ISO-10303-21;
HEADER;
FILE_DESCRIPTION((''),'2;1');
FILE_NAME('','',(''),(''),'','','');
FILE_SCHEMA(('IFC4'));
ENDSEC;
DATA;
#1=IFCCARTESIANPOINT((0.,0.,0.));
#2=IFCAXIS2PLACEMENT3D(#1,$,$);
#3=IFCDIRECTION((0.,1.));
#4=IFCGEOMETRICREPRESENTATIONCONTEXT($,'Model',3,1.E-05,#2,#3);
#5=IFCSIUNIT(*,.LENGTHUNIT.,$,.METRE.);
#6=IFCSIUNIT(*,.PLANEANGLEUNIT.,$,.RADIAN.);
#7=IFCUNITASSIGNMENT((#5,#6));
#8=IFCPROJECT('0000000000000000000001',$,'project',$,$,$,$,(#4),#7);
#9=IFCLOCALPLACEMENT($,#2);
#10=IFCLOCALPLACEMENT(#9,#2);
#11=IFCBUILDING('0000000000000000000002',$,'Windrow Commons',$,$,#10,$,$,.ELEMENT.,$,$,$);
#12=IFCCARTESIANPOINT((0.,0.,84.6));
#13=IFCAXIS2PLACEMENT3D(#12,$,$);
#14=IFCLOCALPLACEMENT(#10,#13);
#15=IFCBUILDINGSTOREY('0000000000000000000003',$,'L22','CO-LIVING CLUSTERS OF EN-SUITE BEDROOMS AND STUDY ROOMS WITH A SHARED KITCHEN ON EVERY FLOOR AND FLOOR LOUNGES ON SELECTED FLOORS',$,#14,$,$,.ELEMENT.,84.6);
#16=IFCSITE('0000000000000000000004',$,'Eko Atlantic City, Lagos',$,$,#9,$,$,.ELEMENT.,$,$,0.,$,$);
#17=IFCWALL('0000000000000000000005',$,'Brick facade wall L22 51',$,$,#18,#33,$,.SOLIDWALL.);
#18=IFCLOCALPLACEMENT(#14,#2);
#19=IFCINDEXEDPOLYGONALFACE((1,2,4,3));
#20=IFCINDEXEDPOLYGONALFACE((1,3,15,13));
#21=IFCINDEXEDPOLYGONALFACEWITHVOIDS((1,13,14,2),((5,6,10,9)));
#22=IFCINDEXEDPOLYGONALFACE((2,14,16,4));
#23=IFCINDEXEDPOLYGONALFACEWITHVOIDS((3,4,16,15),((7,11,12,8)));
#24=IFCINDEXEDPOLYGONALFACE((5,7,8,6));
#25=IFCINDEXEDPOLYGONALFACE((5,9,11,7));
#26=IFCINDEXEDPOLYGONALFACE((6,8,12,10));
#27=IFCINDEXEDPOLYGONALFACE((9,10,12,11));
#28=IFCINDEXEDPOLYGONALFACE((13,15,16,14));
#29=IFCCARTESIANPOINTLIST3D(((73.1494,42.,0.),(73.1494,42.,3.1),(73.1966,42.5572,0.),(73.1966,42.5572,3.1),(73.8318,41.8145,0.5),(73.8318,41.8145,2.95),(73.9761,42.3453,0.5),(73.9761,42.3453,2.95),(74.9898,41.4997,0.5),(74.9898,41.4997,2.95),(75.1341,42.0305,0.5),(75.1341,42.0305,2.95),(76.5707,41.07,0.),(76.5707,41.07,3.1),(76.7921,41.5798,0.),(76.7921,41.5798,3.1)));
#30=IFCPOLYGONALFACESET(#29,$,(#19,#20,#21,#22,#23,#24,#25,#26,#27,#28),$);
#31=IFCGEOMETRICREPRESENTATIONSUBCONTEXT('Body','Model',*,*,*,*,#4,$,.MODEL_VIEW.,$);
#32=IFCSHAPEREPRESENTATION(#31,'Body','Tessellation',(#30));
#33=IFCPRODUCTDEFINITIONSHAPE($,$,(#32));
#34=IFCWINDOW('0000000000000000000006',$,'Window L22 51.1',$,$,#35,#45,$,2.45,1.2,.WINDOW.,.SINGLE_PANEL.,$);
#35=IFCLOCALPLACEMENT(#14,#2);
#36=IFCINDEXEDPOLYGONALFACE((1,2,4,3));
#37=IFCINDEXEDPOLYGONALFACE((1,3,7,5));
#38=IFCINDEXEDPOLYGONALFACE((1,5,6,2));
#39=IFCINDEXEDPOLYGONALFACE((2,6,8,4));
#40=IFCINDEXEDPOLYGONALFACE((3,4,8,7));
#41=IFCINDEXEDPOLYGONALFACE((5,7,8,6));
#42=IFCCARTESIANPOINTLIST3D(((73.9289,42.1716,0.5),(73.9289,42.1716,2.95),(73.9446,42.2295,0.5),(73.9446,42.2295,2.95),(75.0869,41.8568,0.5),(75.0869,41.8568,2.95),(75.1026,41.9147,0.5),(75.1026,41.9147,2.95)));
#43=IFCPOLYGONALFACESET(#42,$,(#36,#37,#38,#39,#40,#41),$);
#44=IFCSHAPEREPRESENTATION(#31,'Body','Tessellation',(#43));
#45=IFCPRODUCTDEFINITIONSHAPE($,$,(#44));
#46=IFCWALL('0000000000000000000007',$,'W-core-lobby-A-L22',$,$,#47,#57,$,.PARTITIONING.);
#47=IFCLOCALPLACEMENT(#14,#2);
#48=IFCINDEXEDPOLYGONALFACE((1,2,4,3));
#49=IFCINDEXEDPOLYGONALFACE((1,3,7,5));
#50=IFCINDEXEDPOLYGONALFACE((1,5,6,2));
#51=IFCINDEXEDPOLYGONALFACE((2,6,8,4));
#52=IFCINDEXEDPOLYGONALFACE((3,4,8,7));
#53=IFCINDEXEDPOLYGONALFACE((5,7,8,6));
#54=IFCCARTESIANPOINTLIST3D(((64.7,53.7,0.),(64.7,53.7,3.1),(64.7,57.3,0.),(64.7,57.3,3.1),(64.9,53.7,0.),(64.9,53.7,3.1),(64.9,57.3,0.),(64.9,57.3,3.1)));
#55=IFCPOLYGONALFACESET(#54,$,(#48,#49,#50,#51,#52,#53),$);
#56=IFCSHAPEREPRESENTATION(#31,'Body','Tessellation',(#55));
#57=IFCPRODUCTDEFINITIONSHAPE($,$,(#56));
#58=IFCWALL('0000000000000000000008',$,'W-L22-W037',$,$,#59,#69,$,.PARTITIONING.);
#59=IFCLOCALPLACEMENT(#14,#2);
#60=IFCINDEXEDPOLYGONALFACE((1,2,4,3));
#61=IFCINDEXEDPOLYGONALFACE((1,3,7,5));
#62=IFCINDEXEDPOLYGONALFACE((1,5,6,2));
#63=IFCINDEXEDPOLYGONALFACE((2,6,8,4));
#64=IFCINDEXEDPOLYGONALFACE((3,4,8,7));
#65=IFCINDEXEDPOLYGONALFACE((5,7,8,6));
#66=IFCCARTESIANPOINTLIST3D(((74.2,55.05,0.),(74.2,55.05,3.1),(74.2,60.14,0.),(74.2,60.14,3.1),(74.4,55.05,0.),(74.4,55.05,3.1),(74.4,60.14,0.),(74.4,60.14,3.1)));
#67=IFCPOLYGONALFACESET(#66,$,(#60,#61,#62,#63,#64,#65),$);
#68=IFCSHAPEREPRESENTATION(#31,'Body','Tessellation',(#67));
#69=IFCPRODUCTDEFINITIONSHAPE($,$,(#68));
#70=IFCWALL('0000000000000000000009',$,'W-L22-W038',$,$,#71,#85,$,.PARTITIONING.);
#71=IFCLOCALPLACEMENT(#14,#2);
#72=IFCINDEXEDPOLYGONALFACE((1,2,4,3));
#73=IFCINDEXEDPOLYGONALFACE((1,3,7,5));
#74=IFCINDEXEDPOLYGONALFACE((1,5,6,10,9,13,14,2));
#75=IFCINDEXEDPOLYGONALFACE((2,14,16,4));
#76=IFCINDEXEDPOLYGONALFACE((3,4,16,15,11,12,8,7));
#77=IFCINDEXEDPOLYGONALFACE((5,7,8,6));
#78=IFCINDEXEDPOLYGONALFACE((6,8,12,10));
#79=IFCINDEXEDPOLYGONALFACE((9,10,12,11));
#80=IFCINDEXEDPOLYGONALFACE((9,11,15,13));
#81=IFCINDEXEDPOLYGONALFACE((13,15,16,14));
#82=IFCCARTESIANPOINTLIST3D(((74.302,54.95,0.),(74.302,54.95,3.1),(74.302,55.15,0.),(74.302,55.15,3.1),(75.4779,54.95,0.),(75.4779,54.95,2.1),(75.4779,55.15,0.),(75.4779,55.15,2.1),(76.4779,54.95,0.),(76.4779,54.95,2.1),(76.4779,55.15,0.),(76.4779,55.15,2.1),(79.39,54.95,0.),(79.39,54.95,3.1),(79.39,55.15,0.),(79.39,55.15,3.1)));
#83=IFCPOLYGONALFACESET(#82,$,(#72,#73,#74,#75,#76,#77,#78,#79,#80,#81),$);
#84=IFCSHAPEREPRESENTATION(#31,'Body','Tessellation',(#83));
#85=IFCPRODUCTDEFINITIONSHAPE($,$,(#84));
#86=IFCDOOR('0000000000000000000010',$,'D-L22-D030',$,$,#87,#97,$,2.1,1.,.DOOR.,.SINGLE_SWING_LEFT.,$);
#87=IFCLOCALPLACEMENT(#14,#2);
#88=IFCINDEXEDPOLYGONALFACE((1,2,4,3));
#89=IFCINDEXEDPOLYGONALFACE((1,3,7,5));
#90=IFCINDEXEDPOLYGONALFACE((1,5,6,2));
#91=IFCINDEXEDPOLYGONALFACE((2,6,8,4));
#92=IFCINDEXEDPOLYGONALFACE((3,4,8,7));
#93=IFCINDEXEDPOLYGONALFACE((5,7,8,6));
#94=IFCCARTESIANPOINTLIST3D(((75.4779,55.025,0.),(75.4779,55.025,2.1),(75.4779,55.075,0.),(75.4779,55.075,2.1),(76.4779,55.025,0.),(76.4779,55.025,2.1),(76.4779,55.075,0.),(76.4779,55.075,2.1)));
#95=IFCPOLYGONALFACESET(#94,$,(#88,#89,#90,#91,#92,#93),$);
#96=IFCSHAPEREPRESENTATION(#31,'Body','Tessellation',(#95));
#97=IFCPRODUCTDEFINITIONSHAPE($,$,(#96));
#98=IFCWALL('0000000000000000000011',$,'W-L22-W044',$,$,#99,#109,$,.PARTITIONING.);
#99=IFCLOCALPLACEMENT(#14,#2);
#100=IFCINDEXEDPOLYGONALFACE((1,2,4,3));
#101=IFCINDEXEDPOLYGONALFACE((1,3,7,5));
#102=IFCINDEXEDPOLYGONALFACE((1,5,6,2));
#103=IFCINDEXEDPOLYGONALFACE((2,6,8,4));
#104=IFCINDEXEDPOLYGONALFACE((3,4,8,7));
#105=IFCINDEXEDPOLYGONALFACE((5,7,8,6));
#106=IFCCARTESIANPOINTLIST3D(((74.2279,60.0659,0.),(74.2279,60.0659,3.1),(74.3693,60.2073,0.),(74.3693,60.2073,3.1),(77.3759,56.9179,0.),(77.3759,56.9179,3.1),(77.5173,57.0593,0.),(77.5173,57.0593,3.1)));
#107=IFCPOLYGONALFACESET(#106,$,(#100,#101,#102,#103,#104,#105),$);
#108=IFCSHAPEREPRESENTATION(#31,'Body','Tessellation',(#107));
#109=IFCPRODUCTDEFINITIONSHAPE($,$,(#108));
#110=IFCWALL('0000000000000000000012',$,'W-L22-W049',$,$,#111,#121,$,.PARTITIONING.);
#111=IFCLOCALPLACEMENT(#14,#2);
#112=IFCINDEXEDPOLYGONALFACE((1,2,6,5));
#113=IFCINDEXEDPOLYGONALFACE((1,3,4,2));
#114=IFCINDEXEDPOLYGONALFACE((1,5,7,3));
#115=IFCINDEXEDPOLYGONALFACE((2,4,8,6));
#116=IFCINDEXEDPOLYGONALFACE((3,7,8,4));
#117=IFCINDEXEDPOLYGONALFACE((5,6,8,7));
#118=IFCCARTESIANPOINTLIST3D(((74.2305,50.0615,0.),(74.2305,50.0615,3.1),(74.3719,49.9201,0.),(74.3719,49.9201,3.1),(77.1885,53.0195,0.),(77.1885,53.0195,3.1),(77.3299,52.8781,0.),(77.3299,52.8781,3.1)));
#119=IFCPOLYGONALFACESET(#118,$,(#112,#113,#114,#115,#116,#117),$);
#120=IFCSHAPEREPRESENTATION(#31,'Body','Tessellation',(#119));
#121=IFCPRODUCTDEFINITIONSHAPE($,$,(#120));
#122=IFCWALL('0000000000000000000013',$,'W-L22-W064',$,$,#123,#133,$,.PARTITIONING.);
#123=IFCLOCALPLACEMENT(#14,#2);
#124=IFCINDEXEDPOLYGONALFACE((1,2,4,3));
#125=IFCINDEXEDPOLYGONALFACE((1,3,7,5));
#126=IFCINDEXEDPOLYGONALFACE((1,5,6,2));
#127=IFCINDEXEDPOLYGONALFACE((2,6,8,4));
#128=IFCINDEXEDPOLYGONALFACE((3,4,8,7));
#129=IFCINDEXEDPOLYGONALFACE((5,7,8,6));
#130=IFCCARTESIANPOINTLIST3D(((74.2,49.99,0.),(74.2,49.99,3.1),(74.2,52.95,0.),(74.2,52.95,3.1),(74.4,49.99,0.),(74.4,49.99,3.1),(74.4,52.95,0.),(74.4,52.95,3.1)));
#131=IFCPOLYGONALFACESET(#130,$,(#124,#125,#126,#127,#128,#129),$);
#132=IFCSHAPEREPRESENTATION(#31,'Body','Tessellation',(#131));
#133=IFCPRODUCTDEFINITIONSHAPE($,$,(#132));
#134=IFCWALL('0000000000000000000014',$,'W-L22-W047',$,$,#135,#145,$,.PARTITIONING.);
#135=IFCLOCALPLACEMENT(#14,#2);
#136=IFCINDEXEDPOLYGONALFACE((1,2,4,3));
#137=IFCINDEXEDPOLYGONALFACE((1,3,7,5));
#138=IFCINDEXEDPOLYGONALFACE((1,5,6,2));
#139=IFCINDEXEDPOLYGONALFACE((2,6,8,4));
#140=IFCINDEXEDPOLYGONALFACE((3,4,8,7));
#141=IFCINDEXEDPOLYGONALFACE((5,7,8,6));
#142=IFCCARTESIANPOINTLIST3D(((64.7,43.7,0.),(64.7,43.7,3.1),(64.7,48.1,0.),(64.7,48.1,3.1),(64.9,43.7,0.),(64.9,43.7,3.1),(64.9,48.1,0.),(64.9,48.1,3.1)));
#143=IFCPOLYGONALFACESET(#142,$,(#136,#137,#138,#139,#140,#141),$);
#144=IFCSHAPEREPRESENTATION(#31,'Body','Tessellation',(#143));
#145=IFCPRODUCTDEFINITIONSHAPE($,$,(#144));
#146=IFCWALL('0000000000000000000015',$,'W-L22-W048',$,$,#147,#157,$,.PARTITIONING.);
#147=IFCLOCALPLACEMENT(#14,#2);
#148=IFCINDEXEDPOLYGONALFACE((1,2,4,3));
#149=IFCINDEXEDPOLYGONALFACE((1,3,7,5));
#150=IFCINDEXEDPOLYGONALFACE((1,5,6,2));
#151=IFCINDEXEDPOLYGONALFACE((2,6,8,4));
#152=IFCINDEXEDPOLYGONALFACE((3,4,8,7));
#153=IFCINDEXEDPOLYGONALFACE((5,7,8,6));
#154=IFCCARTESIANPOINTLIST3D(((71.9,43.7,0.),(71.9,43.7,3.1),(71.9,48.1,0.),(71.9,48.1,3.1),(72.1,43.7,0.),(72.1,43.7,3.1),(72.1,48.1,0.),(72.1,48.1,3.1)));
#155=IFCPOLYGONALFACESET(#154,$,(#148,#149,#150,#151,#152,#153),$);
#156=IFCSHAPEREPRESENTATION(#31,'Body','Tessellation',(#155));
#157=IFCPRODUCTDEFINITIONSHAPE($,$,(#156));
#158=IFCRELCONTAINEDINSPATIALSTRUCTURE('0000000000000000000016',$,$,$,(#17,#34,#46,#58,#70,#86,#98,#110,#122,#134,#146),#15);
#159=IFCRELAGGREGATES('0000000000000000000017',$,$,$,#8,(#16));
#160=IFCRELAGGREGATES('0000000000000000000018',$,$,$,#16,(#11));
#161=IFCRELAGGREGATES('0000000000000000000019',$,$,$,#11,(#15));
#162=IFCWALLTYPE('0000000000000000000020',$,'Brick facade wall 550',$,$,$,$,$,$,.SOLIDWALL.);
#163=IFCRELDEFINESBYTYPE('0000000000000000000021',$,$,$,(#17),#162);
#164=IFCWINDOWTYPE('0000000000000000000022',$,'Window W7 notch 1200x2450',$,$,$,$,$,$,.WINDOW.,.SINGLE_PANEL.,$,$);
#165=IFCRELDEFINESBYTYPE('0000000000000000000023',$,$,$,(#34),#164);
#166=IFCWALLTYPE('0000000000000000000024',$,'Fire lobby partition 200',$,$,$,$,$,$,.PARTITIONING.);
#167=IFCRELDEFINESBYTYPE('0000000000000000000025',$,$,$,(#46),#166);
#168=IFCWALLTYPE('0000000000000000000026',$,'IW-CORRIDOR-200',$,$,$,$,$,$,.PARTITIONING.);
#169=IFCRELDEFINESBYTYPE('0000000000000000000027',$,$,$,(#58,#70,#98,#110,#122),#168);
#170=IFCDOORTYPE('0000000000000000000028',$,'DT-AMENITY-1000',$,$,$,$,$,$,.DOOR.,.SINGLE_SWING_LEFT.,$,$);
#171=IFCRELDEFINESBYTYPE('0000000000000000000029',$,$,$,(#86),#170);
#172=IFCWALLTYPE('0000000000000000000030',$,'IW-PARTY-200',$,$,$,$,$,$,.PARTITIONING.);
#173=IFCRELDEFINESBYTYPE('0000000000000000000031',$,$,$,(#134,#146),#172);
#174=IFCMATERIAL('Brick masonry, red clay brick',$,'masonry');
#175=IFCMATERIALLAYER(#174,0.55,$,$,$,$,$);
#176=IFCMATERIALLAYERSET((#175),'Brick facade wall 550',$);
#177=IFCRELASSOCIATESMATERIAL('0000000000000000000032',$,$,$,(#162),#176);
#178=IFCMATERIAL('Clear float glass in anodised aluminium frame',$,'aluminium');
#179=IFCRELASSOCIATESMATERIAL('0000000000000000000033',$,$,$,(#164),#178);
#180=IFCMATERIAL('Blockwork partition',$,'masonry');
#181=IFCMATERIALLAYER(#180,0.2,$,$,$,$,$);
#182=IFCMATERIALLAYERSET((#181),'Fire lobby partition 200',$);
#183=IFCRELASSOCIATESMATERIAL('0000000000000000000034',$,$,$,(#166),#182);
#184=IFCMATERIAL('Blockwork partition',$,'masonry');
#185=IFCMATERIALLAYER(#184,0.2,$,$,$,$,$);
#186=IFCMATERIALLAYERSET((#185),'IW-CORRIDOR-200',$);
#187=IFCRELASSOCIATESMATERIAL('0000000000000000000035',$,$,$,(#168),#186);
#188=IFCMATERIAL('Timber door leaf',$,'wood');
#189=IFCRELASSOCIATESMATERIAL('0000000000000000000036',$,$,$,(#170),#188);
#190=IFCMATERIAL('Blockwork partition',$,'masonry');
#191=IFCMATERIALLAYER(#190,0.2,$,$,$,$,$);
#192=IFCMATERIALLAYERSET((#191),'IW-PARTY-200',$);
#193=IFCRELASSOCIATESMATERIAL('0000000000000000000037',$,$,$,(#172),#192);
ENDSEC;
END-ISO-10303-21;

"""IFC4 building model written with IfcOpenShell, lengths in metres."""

from ifc_helpers import new_model, si_unit, direction, frame, frame_2d, origin, place, context, subcontext, project, spatial, polyline, rectangle, outline, extrude, material, layer, layer_set, type_object, element, fill, save


model = new_model("IFC4")

# Units and contexts
model_context = context("Model", 3, precision=1e-05, world=origin(), true_north=direction((0.0, 1.0)))
body_context = subcontext(model_context, "Body", "Model", "MODEL_VIEW")
ifc_project = project(units=[si_unit("LENGTHUNIT", "METRE"), si_unit("PLANEANGLEUNIT", "RADIAN")], contexts=[model_context])

# Site, building, storey
site_placement = place(None, origin())
site = spatial("IfcSite", under=ifc_project, at=site_placement, Name="Eko Atlantic City, Lagos", CompositionType="ELEMENT", RefElevation=0.0)
building_placement = place(site_placement, origin())
building = spatial("IfcBuilding", under=site, at=building_placement, Name="Windrow Commons", CompositionType="ELEMENT")
storey_placement = place(building_placement, frame((0.0, 0.0, 84.6)))
storey = spatial("IfcBuildingStorey", under=building, at=storey_placement, Name="L22", Description="CO-LIVING CLUSTERS OF EN-SUITE BEDROOMS AND STUDY ROOMS WITH A SHARED KITCHEN ON EVERY FLOOR AND FLOOR LOUNGES ON SELECTED FLOORS", CompositionType="ELEMENT", Elevation=84.6)

# Wall, opening, window
ifc_material_1 = material(Name="Brick masonry, red clay brick", Category="masonry")
ifc_layer_1 = layer(ifc_material_1, 0.55)
ifc_layer_set_1 = layer_set([ifc_layer_1], Name="Brick facade wall 550")
wall_type_1 = type_object("IfcWallType", Name="Brick facade wall 550", PredefinedType="SOLIDWALL", material=ifc_layer_set_1)
ifc_material_2 = material(Name="Clear float glass in anodised aluminium frame", Category="aluminium")
window_type = type_object("IfcWindowType", Name="Window W7 notch 1200x2450", PartitioningType="SINGLE_PANEL", PredefinedType="WINDOW", material=ifc_material_2)
wall_1_placement = place(storey_placement, frame((73.173, 42.2786, 0.0), z_axis=(0.0, 0.0, 1.0), x_axis=(0.964982, -0.262314, 0.0)))
wall_1 = element("IfcWall", 1, at=wall_1_placement, inside=storey, type_object=wall_type_1, Name="Brick facade wall L22 51", PredefinedType="SOLIDWALL", context=body_context, shape_type="SweptSolid", body=[
    extrude(outline(polyline([(0.0503, -0.275), (3.5957, -0.275), (3.6757, 0.275), (-0.0503, 0.275), (0.0503, -0.275)])), origin(), (0.0, 0.0, 1.0), 3.1),
])
opening_1_placement = place(wall_1_placement, frame((0.7575, 0.0, 0.5)))
opening_1 = element("IfcOpeningElement", 2, at=opening_1_placement, cuts=wall_1, PredefinedType="OPENING", context=body_context, shape_type="SweptSolid", body=[
    extrude(rectangle(XDim=1.2, YDim=2.45, at=frame_2d((0.6, 1.225))), frame((0.0, 0.285, 0.0), z_axis=(0.0, -1.0, 0.0), x_axis=(1.0, 0.0, 0.0)), (0.0, 0.0, 1.0), 0.57),
])
window_1_placement = place(opening_1_placement, origin())
window_1 = element("IfcWindow", 3, at=window_1_placement, inside=storey, type_object=window_type, Name="Window L22 51.1", OverallHeight=2.45, OverallWidth=1.2, PartitioningType="SINGLE_PANEL", PredefinedType="WINDOW", context=body_context, shape_type="SweptSolid", body=[
    extrude(rectangle(XDim=1.2, YDim=2.45, at=frame_2d((0.6, 1.225))), frame((0.0, 0.155, 0.0), z_axis=(0.0, -1.0, 0.0), x_axis=(1.0, 0.0, 0.0)), (0.0, 0.0, 1.0), 0.06),
])
fill(opening_1, window_1)

# Walls
ifc_material_3 = material(Name="Blockwork partition", Category="masonry")
ifc_layer_2 = layer(ifc_material_3, 0.2)
ifc_layer_set_2 = layer_set([ifc_layer_2], Name="Fire lobby partition 200")
wall_type_2 = type_object("IfcWallType", Name="Fire lobby partition 200", PredefinedType="PARTITIONING", material=ifc_layer_set_2)
wall_2_placement = place(storey_placement, frame((64.8, 53.7, 0.0), z_axis=(0.0, 0.0, 1.0), x_axis=(0.0, 1.0, 0.0)))
element("IfcWall", 4, at=wall_2_placement, inside=storey, type_object=wall_type_2, Name="W-core-lobby-A-L22", PredefinedType="PARTITIONING", context=body_context, shape_type="SweptSolid", body=[
    extrude(rectangle(XDim=3.6, YDim=0.2, at=frame_2d((1.8, 0.0))), origin(), (0.0, 0.0, 1.0), 3.1),
])
ifc_material_4 = material(Name="Blockwork partition", Category="masonry")
ifc_layer_3 = layer(ifc_material_4, 0.2)
ifc_layer_set_3 = layer_set([ifc_layer_3], Name="IW-CORRIDOR-200")
wall_type_3 = type_object("IfcWallType", Name="IW-CORRIDOR-200", PredefinedType="PARTITIONING", material=ifc_layer_set_3)
wall_3_placement = place(storey_placement, frame((74.3, 55.05, 0.0), z_axis=(0.0, 0.0, 1.0), x_axis=(0.0, 1.0, 0.0)))
element("IfcWall", 5, at=wall_3_placement, inside=storey, type_object=wall_type_3, Name="W-L22-W037", PredefinedType="PARTITIONING", context=body_context, shape_type="SweptSolid", body=[
    extrude(rectangle(XDim=5.09, YDim=0.2, at=frame_2d((2.545, 0.0))), origin(), (0.0, 0.0, 1.0), 3.1),
])

# Wall, opening, door
wall_4_placement = place(storey_placement, frame((74.302, 55.05, 0.0), z_axis=(0.0, 0.0, 1.0), x_axis=(1.0, 0.0, 0.0)))
wall_4 = element("IfcWall", 6, at=wall_4_placement, inside=storey, type_object=wall_type_3, Name="W-L22-W038", PredefinedType="PARTITIONING", context=body_context, shape_type="SweptSolid", body=[
    extrude(rectangle(XDim=5.088, YDim=0.2, at=frame_2d((2.544, 0.0))), origin(), (0.0, 0.0, 1.0), 3.1),
])
opening_2_placement = place(wall_4_placement, frame((1.1759, 0.0, 0.0)))
opening_2 = element("IfcOpeningElement", 7, at=opening_2_placement, cuts=wall_4, PredefinedType="OPENING", context=body_context, shape_type="SweptSolid", body=[
    extrude(rectangle(XDim=1.0, YDim=2.1, at=frame_2d((0.5, 1.05))), frame((0.0, 0.11, 0.0), z_axis=(0.0, -1.0, 0.0), x_axis=(1.0, 0.0, 0.0)), (0.0, 0.0, 1.0), 0.22),
])
ifc_material_5 = material(Name="Timber door leaf", Category="wood")
door_type_1 = type_object("IfcDoorType", Name="DT-AMENITY-1000", OperationType="SINGLE_SWING_LEFT", PredefinedType="DOOR", material=ifc_material_5)
door_1_placement = place(opening_2_placement, origin())
door_1 = element("IfcDoor", 8, at=door_1_placement, inside=storey, type_object=door_type_1, Name="D-L22-D030", OperationType="SINGLE_SWING_LEFT", OverallHeight=2.1, OverallWidth=1.0, PredefinedType="DOOR", context=body_context, shape_type="SweptSolid", body=[
    extrude(rectangle(XDim=1.0, YDim=2.1, at=frame_2d((0.5, 1.05))), frame((0.0, 0.025, 0.0), z_axis=(0.0, -1.0, 0.0), x_axis=(1.0, 0.0, 0.0)), (0.0, 0.0, 1.0), 0.05),
])
fill(opening_2, door_1)

# Walls
wall_5_placement = place(storey_placement, frame((74.2986, 60.1366, 0.0), z_axis=(0.0, 0.0, 1.0), x_axis=(0.707107, -0.707107, 0.0)))
element("IfcWall", 9, at=wall_5_placement, inside=storey, type_object=wall_type_3, Name="W-L22-W044", PredefinedType="PARTITIONING", context=body_context, shape_type="SweptSolid", body=[
    extrude(rectangle(XDim=4.4519, YDim=0.2, at=frame_2d((2.226, 0.0))), origin(), (0.0, 0.0, 1.0), 3.1),
])
wall_6_placement = place(storey_placement, frame((74.3012, 49.9908, 0.0), z_axis=(0.0, 0.0, 1.0), x_axis=(0.707107, 0.707107, 0.0)))
element("IfcWall", 10, at=wall_6_placement, inside=storey, type_object=wall_type_3, Name="W-L22-W049", PredefinedType="PARTITIONING", context=body_context, shape_type="SweptSolid", body=[
    extrude(rectangle(XDim=4.1832, YDim=0.2, at=frame_2d((2.0916, 0.0))), origin(), (0.0, 0.0, 1.0), 3.1),
])
wall_7_placement = place(storey_placement, frame((74.3, 49.99, 0.0), z_axis=(0.0, 0.0, 1.0), x_axis=(0.0, 1.0, 0.0)))
element("IfcWall", 11, at=wall_7_placement, inside=storey, type_object=wall_type_3, Name="W-L22-W064", PredefinedType="PARTITIONING", context=body_context, shape_type="SweptSolid", body=[
    extrude(rectangle(XDim=2.96, YDim=0.2, at=frame_2d((1.48, 0.0))), origin(), (0.0, 0.0, 1.0), 3.1),
])
ifc_material_6 = material(Name="Blockwork partition", Category="masonry")
ifc_layer_4 = layer(ifc_material_6, 0.2)
ifc_layer_set_4 = layer_set([ifc_layer_4], Name="IW-PARTY-200")
wall_type_4 = type_object("IfcWallType", Name="IW-PARTY-200", PredefinedType="PARTITIONING", material=ifc_layer_set_4)
for number, where, z_axis, x_axis, name in (
    (12, (64.8, 43.7, 0.0), (0.0, 0.0, 1.0), (0.0, 1.0, 0.0), "W-L22-W047"),
    (13, (72.0, 43.7, 0.0), (0.0, 0.0, 1.0), (0.0, 1.0, 0.0), "W-L22-W048"),
):
    element("IfcWall", number, at=place(storey_placement, frame(where, z_axis=z_axis, x_axis=x_axis)), inside=storey, type_object=wall_type_4, Name=name, PredefinedType="PARTITIONING", context=body_context, shape_type="SweptSolid", body=[
        extrude(rectangle(XDim=4.4, YDim=0.2, at=frame_2d((2.2, 0.0))), origin(), (0.0, 0.0, 1.0), 3.1),
    ])

save(model, "model.ifc")
